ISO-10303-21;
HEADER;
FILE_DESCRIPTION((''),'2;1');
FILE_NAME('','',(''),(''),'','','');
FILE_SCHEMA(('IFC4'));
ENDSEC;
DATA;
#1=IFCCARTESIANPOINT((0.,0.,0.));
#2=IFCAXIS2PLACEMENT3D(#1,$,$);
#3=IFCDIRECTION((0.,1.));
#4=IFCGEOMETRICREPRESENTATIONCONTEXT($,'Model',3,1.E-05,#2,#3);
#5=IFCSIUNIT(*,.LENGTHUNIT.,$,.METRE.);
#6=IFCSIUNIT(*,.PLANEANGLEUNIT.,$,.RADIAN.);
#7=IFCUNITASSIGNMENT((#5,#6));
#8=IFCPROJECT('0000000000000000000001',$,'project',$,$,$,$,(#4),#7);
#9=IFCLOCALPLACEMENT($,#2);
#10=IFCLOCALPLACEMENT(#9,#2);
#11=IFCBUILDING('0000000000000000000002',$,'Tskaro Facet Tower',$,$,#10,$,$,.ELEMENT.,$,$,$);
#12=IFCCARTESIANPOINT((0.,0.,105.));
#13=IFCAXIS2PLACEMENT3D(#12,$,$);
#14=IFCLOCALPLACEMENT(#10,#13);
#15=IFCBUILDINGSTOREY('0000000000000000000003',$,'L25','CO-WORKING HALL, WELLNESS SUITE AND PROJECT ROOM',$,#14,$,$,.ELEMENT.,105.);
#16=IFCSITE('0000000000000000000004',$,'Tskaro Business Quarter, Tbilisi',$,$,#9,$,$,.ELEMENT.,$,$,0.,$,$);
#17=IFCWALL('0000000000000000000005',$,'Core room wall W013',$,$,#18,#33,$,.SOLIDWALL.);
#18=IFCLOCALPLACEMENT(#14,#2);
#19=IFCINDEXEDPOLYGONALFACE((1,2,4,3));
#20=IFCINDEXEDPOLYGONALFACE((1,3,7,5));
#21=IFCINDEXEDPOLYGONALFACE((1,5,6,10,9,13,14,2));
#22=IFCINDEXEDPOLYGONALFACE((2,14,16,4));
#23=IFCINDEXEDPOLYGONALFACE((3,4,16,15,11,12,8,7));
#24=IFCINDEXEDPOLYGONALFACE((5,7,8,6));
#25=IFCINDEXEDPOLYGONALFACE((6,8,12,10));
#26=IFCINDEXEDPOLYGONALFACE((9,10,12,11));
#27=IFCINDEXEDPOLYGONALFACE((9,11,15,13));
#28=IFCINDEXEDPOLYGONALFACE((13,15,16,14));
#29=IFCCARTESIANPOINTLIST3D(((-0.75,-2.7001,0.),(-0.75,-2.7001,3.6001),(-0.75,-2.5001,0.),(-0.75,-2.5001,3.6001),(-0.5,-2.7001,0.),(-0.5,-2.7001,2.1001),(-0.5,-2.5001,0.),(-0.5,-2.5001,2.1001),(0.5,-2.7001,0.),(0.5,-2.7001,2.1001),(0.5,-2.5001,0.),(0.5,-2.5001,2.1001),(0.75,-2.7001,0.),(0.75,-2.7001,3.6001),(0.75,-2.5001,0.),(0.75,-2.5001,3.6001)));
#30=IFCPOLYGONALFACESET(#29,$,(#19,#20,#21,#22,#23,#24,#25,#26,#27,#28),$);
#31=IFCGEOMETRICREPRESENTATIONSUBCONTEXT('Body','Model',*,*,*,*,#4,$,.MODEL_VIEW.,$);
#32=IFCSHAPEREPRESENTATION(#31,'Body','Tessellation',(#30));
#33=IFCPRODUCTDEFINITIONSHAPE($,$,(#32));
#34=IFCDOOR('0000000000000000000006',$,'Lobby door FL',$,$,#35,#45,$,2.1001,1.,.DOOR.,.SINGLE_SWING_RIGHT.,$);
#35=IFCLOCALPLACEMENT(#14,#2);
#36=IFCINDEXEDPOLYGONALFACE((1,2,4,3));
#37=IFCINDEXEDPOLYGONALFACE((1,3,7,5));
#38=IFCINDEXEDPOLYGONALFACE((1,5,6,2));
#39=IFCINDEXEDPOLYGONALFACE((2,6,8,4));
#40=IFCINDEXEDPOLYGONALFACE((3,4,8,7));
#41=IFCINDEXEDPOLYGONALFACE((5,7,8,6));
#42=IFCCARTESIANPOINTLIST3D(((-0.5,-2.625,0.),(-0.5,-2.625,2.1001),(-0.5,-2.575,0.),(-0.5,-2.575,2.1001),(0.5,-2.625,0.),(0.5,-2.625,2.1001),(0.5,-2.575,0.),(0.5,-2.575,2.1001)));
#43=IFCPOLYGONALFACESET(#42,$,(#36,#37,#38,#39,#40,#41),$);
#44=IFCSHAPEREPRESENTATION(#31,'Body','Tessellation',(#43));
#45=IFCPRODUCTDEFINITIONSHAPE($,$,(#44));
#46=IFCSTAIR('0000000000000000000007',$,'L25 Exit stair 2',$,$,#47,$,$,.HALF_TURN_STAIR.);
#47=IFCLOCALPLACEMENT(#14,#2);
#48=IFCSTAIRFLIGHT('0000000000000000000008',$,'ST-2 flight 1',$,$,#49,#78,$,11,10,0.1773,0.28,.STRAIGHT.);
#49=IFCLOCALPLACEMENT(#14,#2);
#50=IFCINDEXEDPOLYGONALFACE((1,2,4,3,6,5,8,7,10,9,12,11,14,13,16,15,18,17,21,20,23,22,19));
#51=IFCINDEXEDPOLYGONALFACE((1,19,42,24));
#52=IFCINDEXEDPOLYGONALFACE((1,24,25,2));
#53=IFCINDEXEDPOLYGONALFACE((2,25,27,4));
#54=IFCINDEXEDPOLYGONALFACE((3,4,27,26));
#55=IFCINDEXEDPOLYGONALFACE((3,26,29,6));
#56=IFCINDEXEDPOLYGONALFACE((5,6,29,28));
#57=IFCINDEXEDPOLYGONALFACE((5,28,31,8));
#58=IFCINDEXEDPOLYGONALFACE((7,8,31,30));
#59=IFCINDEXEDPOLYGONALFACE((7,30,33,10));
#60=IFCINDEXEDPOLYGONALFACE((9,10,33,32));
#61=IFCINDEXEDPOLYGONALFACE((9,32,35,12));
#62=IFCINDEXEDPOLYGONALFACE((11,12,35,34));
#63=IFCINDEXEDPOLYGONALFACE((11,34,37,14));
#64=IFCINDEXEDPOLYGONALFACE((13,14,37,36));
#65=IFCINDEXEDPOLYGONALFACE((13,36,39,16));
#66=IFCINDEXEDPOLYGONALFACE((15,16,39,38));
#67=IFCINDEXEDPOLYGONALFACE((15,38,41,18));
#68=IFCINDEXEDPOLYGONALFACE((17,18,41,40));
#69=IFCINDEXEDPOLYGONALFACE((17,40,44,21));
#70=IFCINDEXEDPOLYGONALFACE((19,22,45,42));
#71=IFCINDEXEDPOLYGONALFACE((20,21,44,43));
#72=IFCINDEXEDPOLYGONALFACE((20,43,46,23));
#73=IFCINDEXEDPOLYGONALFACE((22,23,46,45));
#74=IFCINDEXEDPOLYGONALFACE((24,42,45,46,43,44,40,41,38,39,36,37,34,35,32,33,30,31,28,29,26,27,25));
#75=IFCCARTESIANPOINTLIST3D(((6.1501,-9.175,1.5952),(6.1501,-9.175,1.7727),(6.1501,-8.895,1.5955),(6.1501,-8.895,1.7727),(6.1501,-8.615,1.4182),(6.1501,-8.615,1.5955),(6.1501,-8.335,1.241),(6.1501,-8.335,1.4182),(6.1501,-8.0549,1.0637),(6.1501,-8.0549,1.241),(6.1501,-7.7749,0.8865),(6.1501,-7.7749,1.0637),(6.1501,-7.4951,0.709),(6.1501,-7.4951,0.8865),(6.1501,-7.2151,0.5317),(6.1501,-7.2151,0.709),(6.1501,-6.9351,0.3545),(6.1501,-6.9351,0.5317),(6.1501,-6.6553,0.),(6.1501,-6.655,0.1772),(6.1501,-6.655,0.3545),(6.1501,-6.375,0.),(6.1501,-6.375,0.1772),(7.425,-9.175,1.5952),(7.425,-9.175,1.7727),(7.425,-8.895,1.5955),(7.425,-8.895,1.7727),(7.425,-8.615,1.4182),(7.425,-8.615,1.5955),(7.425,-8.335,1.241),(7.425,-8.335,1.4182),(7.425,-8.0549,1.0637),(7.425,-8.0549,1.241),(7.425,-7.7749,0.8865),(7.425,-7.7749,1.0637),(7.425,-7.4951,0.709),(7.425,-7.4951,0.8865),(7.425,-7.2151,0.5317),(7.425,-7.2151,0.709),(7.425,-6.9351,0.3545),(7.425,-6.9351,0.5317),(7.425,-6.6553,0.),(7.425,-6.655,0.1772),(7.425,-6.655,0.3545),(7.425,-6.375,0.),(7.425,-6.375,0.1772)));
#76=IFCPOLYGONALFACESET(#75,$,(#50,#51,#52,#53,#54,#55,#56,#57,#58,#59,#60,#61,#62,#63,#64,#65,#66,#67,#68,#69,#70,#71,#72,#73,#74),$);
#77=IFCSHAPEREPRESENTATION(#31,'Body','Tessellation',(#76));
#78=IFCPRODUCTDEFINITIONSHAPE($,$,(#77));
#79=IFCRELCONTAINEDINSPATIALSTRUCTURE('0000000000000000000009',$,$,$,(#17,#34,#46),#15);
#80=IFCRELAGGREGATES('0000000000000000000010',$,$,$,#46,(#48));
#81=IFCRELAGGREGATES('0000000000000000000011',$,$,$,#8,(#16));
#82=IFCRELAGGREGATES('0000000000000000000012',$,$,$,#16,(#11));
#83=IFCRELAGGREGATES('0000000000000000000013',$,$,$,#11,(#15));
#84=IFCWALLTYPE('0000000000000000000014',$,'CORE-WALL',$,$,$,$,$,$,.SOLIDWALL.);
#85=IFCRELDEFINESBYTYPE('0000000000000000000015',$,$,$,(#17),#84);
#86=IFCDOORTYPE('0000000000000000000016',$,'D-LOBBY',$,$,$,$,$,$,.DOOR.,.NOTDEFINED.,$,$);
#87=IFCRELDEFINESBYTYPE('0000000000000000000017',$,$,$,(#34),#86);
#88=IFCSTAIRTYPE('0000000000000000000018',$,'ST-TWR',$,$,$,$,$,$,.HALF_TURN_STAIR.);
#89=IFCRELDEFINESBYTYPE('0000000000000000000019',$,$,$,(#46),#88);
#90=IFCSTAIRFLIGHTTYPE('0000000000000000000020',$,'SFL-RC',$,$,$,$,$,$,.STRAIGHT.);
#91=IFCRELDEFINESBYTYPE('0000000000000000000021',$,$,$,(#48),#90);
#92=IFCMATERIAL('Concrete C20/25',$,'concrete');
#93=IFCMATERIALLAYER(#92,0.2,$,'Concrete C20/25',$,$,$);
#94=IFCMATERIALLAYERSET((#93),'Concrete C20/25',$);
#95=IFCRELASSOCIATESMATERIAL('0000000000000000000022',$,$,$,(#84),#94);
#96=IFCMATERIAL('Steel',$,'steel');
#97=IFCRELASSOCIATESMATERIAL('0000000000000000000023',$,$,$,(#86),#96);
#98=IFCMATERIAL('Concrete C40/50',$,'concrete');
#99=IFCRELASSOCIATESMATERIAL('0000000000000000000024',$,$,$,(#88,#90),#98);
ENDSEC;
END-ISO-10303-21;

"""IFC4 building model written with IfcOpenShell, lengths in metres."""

from ifc_helpers import new_model, si_unit, direction, frame, frame_2d, origin, place, context, subcontext, project, spatial, polyline, rectangle, outline, extrude, material, layer, layer_set, type_object, element, fill, aggregate, save


model = new_model("IFC4")

# Units and contexts
model_context = context("Model", 3, precision=1e-05, world=origin(), true_north=direction((0.0, 1.0)))
body_context = subcontext(model_context, "Body", "Model", "MODEL_VIEW")
ifc_project = project(units=[si_unit("LENGTHUNIT", "METRE"), si_unit("PLANEANGLEUNIT", "RADIAN")], contexts=[model_context])

# Site, building, storey
site_placement = place(None, origin())
site = spatial("IfcSite", under=ifc_project, at=site_placement, Name="Tskaro Business Quarter, Tbilisi", CompositionType="ELEMENT", RefElevation=0.0)
building_placement = place(site_placement, origin())
building = spatial("IfcBuilding", under=site, at=building_placement, Name="Tskaro Facet Tower", CompositionType="ELEMENT")
storey_placement = place(building_placement, frame((0.0, 0.0, 105.0)))
storey = spatial("IfcBuildingStorey", under=building, at=storey_placement, Name="L25", Description="CO-WORKING HALL, WELLNESS SUITE AND PROJECT ROOM", CompositionType="ELEMENT", Elevation=105.0)

# Shared definitions
ifc_material_1 = material(Name="Steel", Category="steel")

# Wall, opening, door
ifc_material_2 = material(Name="Concrete C20/25", Category="concrete")
ifc_layer_1 = layer(ifc_material_2, 0.2, Name="Concrete C20/25")
ifc_layer_set_1 = layer_set([ifc_layer_1], Name="Concrete C20/25")
wall_type_1 = type_object("IfcWallType", Name="CORE-WALL", PredefinedType="SOLIDWALL", material=ifc_layer_set_1)
wall_1_placement = place(storey_placement, frame((0.75, -2.6001, 0.0), z_axis=(0.0, 0.0, 1.0), x_axis=(-1.0, 0.0, 0.0)))
wall_1 = element("IfcWall", 1, at=wall_1_placement, inside=storey, type_object=wall_type_1, Name="Core room wall W013", PredefinedType="SOLIDWALL", context=body_context, shape_type="SweptSolid", body=[
    extrude(rectangle(XDim=1.5, YDim=0.2, at=frame_2d((0.75, 0.0))), origin(), (0.0, 0.0, 1.0), 3.6001),
])
opening_1_placement = place(wall_1_placement, frame((0.25, 0.0, 0.0)))
opening_1 = element("IfcOpeningElement", 2, at=opening_1_placement, cuts=wall_1, PredefinedType="OPENING", context=body_context, shape_type="SweptSolid", body=[
    extrude(rectangle(XDim=1.0, YDim=2.1001, at=frame_2d((0.5, 1.05))), frame((0.0, 0.1099, 0.0), z_axis=(0.0, -1.0, 0.0), x_axis=(1.0, 0.0, 0.0)), (0.0, 0.0, 1.0), 0.22),
])
door_type_1 = type_object("IfcDoorType", Name="D-LOBBY", OperationType="NOTDEFINED", PredefinedType="DOOR", material=ifc_material_1)
door_1_placement = place(opening_1_placement, origin())
door_1 = element("IfcDoor", 3, at=door_1_placement, inside=storey, type_object=door_type_1, Name="Lobby door FL", OperationType="SINGLE_SWING_RIGHT", OverallHeight=2.1001, OverallWidth=1.0, PredefinedType="DOOR", context=body_context, shape_type="SweptSolid", body=[
    extrude(rectangle(XDim=1.0, YDim=2.1001, at=frame_2d((0.5, 1.05))), frame((0.0, 0.0249, 0.0), z_axis=(0.0, -1.0, 0.0), x_axis=(1.0, 0.0, 0.0)), (0.0, 0.0, 1.0), 0.05),
])
fill(opening_1, door_1)

# Stair, stair flight
ifc_material_3 = material(Name="Concrete C40/50", Category="concrete")
stair_type = type_object("IfcStairType", Name="ST-TWR", PredefinedType="HALF_TURN_STAIR", material=ifc_material_3)
stair_placement = place(storey_placement, origin())
stair = element("IfcStair", 4, at=stair_placement, inside=storey, type_object=stair_type, Name="L25 Exit stair 2", PredefinedType="HALF_TURN_STAIR")
stair_flight_type = type_object("IfcStairFlightType", Name="SFL-RC", PredefinedType="STRAIGHT", material=ifc_material_3)
stair_flight_placement = place(storey_placement, frame((6.7876, -6.375, 0.0), z_axis=(0.0, 0.0, 1.0), x_axis=(0.0, -1.0, 0.0)))
stair_flight = element("IfcStairFlight", 5, at=stair_flight_placement, type_object=stair_flight_type, Name="ST-2 flight 1", NumberOfRisers=11, NumberOfTreads=10, PredefinedType="STRAIGHT", RiserHeight=0.1773, TreadLength=0.28, context=body_context, shape_type="SweptSolid", body=[
    extrude(outline(polyline([(0.0, 0.0), (0.0, 0.1772), (0.28, 0.1772), (0.28, 0.3545), (0.5601, 0.3545), (0.5601, 0.5317), (0.8401, 0.5317), (0.8401, 0.709), (1.1201, 0.709), (1.1201, 0.8865), (1.3999, 0.8865), (1.3999, 1.0637), (1.6799, 1.0637), (1.6799, 1.241), (1.96, 1.241), (1.96, 1.4182), (2.24, 1.4182), (2.24, 1.5955), (2.52, 1.5955), (2.52, 1.7727), (2.8, 1.7727), (2.8, 1.95), (2.8, 1.5952), (0.2803, 0.0), (0.0, 0.0)])), frame((0.0, 0.6375, 0.0), z_axis=(0.0, -1.0, 0.0), x_axis=(1.0, 0.0, 0.0)), (0.0, 0.0, 1.0), 1.2749),
])
aggregate(stair, [stair_flight])

save(model, "model.ifc")
